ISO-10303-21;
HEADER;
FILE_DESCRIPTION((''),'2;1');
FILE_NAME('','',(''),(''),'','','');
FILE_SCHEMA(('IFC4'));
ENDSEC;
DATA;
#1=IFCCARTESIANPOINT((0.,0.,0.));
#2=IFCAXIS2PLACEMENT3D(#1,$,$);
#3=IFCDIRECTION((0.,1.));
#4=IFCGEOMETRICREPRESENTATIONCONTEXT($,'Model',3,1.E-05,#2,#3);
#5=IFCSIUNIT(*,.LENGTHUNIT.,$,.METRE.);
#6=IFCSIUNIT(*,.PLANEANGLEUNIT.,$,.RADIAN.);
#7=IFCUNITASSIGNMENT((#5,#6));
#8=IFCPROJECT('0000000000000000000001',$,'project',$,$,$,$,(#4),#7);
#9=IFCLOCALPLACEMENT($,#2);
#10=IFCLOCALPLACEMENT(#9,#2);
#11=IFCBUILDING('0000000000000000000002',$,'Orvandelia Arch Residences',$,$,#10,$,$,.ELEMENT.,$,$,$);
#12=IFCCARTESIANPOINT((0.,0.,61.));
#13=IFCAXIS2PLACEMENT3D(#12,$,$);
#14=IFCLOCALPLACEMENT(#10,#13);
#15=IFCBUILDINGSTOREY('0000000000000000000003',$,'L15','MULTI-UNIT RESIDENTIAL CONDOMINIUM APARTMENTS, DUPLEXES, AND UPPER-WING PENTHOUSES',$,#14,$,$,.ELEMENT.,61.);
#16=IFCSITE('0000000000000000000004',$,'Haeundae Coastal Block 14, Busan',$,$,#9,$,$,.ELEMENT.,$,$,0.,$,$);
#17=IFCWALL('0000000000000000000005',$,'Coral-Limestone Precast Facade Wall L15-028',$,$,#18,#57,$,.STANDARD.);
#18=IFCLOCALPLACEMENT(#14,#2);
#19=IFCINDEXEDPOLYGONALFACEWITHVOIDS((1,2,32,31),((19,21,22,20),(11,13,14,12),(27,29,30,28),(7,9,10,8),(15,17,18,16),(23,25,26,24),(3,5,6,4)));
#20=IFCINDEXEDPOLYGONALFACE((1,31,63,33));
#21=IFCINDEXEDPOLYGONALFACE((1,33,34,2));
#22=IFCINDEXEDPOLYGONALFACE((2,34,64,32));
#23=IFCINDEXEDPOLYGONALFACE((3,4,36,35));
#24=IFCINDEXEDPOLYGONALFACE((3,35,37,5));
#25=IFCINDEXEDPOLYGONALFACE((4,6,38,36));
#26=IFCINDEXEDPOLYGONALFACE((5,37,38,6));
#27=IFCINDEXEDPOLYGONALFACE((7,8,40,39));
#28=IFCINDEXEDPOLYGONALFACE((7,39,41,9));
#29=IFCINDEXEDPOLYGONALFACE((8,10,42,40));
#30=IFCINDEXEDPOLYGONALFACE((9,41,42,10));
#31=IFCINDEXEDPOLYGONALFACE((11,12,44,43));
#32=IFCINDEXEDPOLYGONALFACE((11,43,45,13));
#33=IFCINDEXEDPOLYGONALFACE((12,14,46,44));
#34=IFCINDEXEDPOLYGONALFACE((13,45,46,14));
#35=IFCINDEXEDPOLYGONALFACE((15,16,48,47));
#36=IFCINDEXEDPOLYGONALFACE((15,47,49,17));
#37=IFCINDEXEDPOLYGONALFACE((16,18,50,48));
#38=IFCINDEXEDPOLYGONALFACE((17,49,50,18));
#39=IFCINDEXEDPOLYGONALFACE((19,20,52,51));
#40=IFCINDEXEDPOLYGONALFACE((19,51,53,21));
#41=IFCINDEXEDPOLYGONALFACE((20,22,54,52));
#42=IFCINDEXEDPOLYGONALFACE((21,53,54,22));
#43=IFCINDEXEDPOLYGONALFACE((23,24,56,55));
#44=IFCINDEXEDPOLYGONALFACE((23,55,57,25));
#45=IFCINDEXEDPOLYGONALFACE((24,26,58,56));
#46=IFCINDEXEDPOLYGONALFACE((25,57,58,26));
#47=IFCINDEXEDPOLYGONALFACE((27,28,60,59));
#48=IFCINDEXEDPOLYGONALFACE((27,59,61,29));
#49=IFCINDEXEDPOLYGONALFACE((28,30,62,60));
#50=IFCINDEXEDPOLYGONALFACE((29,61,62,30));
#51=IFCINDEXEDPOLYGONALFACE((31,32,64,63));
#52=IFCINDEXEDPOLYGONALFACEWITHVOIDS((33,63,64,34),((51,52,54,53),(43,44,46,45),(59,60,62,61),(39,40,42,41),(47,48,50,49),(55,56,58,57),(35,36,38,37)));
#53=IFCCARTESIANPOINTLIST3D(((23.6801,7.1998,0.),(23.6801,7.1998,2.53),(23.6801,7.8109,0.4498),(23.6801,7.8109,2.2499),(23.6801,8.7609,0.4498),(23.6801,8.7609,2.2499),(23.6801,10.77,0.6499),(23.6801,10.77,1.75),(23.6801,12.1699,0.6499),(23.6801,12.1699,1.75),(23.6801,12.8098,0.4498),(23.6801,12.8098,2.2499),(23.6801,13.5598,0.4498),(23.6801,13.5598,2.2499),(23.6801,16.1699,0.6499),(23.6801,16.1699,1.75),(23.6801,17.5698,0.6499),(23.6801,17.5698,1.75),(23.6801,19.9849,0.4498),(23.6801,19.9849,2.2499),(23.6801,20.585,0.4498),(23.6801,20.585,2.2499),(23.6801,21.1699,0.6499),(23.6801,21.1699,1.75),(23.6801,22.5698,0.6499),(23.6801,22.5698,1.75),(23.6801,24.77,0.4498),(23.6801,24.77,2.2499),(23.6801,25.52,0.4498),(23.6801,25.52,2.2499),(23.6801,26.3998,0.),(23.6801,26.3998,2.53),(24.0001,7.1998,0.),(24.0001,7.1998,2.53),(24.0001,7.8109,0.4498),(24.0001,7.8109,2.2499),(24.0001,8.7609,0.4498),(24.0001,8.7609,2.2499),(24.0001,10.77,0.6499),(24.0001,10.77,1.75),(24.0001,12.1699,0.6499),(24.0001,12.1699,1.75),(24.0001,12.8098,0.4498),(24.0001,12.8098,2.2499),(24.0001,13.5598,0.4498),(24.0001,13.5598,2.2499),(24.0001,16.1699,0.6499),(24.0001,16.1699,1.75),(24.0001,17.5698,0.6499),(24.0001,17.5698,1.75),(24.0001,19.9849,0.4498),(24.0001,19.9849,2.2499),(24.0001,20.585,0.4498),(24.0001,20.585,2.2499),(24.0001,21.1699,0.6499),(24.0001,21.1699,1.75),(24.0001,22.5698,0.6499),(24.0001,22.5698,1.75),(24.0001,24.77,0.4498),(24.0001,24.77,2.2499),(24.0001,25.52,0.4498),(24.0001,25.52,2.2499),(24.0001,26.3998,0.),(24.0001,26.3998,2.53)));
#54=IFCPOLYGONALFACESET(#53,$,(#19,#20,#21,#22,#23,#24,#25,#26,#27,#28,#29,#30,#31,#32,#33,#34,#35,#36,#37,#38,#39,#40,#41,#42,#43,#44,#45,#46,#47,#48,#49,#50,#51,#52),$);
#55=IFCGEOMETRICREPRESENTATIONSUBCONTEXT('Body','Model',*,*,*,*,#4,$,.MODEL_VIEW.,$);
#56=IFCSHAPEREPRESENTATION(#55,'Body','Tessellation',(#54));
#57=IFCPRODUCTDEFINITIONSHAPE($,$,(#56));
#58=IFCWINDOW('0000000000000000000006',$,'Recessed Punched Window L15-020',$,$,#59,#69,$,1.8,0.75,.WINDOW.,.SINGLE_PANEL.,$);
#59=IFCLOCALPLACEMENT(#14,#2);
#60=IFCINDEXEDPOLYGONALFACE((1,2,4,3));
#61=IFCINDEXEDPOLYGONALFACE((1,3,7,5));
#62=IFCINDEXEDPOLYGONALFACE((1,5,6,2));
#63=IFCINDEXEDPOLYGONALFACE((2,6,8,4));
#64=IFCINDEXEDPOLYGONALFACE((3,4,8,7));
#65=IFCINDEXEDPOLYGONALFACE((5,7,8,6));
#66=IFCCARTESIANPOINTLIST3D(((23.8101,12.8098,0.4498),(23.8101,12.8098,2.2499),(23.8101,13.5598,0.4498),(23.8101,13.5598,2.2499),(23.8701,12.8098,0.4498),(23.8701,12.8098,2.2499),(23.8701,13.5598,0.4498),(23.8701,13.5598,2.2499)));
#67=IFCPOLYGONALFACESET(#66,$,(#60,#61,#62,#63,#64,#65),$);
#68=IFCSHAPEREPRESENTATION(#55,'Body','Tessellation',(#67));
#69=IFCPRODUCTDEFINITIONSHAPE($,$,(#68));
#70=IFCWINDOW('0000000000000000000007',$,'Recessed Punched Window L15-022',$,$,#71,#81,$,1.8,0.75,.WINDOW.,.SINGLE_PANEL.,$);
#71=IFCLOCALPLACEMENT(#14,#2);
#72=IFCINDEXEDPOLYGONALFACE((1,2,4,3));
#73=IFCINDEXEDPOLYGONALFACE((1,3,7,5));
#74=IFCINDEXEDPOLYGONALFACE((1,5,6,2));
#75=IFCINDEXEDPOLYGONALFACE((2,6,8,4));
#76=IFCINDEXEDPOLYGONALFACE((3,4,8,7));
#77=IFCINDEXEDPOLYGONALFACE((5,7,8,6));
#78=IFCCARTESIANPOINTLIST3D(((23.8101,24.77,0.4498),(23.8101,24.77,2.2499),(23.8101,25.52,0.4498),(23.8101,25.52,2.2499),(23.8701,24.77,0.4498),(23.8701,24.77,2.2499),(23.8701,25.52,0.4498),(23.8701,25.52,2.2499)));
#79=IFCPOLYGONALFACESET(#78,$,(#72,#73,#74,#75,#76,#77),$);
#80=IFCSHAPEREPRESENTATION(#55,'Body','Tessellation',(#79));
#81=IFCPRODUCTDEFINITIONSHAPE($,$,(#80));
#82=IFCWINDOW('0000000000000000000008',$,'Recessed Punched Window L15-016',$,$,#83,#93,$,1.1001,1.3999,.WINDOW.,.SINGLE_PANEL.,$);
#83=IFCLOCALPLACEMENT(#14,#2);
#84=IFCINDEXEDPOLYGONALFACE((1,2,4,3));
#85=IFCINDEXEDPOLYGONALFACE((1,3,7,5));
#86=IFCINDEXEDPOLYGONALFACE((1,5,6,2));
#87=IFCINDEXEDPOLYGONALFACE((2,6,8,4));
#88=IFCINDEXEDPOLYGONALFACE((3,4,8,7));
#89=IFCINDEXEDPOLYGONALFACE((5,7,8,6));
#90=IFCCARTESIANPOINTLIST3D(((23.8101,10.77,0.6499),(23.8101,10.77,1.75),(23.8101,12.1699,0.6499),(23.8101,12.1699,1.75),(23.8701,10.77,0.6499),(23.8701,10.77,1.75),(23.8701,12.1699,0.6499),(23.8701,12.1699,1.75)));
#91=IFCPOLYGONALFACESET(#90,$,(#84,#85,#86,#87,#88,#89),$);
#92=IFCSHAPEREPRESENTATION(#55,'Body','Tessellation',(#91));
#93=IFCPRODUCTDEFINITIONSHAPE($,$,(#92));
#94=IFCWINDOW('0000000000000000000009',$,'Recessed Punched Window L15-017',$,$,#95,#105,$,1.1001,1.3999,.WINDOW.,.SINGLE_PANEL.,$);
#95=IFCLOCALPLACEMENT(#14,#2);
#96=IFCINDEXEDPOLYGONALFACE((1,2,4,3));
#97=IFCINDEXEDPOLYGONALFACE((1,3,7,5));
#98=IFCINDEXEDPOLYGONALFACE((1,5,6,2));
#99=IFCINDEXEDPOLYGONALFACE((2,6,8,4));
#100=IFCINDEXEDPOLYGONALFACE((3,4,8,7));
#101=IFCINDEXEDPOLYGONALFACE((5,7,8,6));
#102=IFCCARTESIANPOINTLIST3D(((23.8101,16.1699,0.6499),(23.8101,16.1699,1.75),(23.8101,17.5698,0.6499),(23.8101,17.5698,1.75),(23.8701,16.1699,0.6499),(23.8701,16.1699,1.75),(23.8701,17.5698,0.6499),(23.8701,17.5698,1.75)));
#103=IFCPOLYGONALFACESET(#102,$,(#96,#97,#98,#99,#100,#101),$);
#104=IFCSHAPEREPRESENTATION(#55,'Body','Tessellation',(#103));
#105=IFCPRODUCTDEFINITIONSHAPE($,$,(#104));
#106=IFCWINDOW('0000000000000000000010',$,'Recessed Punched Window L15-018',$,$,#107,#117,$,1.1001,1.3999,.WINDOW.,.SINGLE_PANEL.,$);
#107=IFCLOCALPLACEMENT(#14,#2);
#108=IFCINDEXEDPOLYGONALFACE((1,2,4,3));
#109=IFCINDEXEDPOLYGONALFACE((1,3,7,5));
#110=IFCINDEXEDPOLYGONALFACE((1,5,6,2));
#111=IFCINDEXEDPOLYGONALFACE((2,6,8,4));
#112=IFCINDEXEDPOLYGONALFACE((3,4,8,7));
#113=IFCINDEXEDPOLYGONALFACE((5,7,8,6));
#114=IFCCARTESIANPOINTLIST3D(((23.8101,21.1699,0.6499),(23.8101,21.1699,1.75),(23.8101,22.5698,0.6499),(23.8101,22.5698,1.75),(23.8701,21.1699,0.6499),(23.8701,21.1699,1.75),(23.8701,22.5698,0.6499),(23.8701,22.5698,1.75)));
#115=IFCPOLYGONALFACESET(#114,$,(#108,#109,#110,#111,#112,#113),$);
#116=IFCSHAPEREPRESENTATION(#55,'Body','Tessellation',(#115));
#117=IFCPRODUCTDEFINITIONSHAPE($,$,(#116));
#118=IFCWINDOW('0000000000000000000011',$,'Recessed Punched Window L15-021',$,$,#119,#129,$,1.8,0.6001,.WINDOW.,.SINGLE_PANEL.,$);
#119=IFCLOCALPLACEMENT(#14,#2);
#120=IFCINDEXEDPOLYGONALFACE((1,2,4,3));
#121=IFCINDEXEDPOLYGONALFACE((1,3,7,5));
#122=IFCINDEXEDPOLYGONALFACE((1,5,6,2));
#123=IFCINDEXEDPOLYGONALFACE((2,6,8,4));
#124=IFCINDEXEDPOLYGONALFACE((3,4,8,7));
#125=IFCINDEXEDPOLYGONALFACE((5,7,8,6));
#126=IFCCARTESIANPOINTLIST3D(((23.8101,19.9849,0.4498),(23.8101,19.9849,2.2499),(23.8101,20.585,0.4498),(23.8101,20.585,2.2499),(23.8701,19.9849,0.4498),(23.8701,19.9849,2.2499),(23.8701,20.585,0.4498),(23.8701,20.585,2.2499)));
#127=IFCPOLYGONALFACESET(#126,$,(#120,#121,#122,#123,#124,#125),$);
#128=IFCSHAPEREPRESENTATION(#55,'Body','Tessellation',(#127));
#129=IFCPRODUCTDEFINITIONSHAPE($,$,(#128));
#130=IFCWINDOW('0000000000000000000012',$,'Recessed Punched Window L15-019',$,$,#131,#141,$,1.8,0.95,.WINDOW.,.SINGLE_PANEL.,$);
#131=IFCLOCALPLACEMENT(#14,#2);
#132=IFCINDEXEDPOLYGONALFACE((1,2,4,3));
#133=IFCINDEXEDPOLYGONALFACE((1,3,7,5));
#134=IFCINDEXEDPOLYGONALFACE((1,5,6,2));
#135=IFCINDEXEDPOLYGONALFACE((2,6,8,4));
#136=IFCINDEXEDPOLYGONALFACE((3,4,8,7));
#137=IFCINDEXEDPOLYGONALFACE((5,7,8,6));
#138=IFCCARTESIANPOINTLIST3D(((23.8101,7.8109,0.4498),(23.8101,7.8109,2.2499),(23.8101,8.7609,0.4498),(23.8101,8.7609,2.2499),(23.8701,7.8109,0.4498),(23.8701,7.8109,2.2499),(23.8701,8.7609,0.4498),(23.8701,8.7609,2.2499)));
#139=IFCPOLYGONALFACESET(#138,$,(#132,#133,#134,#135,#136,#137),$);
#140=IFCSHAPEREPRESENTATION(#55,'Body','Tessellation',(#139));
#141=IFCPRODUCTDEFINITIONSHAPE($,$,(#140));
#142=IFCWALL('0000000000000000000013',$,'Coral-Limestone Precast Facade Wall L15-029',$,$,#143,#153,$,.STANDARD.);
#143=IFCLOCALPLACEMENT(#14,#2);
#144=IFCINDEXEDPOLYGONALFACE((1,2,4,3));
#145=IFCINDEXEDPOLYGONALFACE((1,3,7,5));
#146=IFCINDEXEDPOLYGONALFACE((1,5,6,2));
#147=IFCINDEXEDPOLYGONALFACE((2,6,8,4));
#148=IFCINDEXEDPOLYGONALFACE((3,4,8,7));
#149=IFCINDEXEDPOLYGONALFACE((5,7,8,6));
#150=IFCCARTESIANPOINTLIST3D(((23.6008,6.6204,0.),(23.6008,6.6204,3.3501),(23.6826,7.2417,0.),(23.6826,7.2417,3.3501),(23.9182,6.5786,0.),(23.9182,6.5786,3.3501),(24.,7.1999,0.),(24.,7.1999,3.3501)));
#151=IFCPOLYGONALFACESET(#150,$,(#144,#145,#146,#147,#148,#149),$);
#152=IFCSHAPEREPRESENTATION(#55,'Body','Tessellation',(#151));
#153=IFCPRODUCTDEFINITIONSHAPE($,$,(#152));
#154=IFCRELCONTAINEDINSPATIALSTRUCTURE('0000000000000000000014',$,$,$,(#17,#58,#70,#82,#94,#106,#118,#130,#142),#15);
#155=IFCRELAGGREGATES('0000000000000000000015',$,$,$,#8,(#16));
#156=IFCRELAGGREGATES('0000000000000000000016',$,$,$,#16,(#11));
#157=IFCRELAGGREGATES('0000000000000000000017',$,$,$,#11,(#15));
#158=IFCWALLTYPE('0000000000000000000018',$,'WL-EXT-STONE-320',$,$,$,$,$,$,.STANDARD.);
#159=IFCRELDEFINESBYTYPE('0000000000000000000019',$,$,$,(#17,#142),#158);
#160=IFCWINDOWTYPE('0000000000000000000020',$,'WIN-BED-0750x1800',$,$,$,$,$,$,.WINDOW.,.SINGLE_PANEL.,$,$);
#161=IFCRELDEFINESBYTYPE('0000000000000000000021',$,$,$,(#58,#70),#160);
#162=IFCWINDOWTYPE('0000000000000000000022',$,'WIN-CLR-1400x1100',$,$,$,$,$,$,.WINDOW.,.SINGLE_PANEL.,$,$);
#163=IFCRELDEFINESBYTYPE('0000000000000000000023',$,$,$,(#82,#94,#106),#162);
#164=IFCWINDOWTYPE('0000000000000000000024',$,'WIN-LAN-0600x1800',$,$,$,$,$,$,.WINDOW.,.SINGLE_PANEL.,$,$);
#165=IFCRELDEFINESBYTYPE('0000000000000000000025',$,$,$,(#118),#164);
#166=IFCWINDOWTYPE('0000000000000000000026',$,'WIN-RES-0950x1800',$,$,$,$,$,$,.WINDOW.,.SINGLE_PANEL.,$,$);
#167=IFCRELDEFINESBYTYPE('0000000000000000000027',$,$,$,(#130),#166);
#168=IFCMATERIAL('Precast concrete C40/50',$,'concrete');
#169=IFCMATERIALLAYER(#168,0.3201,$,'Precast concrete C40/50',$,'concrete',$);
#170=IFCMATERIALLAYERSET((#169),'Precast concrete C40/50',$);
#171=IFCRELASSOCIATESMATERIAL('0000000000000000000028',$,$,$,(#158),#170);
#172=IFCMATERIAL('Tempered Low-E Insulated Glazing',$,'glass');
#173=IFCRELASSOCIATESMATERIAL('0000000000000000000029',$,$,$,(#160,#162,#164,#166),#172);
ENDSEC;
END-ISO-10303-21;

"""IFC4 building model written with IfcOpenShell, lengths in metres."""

from ifc_helpers import new_model, si_unit, direction, frame, frame_2d, origin, place, context, subcontext, project, spatial, rectangle, extrude, material, layer, layer_set, type_object, element, fill, save


model = new_model("IFC4")

# Units and contexts
model_context = context("Model", 3, precision=1e-05, world=origin(), true_north=direction((0.0, 1.0)))
body_context = subcontext(model_context, "Body", "Model", "MODEL_VIEW")
ifc_project = project(units=[si_unit("LENGTHUNIT", "METRE"), si_unit("PLANEANGLEUNIT", "RADIAN")], contexts=[model_context])

# Site, building, storey
site_placement = place(None, origin())
site = spatial("IfcSite", under=ifc_project, at=site_placement, Name="Haeundae Coastal Block 14, Busan", CompositionType="ELEMENT", RefElevation=0.0)
building_placement = place(site_placement, origin())
building = spatial("IfcBuilding", under=site, at=building_placement, Name="Orvandelia Arch Residences", CompositionType="ELEMENT")
storey_placement = place(building_placement, frame((0.0, 0.0, 61.0)))
storey = spatial("IfcBuildingStorey", under=building, at=storey_placement, Name="L15", Description="MULTI-UNIT RESIDENTIAL CONDOMINIUM APARTMENTS, DUPLEXES, AND UPPER-WING PENTHOUSES", CompositionType="ELEMENT", Elevation=61.0)

# Wall, openings, windows
ifc_material_1 = material(Name="Precast concrete C40/50", Category="concrete")
ifc_layer_1 = layer(ifc_material_1, 0.3201, Name="Precast concrete C40/50", Category="concrete")
ifc_layer_set_1 = layer_set([ifc_layer_1], Name="Precast concrete C40/50")
wall_type_1 = type_object("IfcWallType", Name="WL-EXT-STONE-320", PredefinedType="STANDARD", material=ifc_layer_set_1)
wall_1_placement = place(storey_placement, frame((23.8401, 26.3999, 0.0), z_axis=(0.0, 0.0, 1.0), x_axis=(0.0, -1.0, 0.0)))
wall_1 = element("IfcWall", 1, at=wall_1_placement, inside=storey, type_object=wall_type_1, Name="Coral-Limestone Precast Facade Wall L15-028", PredefinedType="STANDARD", context=body_context, shape_type="SweptSolid", body=[
    extrude(rectangle(XDim=19.2, YDim=0.3201, at=frame_2d((9.6001, 0.0))), origin(), (0.0, 0.0, 1.0), 2.53),
])
opening_1_placement = place(wall_1_placement, frame((14.23, 0.0, 0.6499)))
opening_1 = element("IfcOpeningElement", 2, at=opening_1_placement, cuts=wall_1, PredefinedType="OPENING", context=body_context, shape_type="SweptSolid", body=[
    extrude(rectangle(XDim=1.3999, YDim=1.1001, at=frame_2d((0.7, 0.55))), frame((0.0, 0.1699, 0.0), z_axis=(0.0, -1.0, 0.0), x_axis=(1.0, 0.0, 0.0)), (0.0, 0.0, 1.0), 0.3401),
])
opening_2_placement = place(wall_1_placement, frame((8.8301, 0.0, 0.6499)))
opening_2 = element("IfcOpeningElement", 3, at=opening_2_placement, cuts=wall_1, PredefinedType="OPENING", context=body_context, shape_type="SweptSolid", body=[
    extrude(rectangle(XDim=1.3999, YDim=1.1001, at=frame_2d((0.7, 0.55))), frame((0.0, 0.1699, 0.0), z_axis=(0.0, -1.0, 0.0), x_axis=(1.0, 0.0, 0.0)), (0.0, 0.0, 1.0), 0.3401),
])
opening_3_placement = place(wall_1_placement, frame((3.8301, 0.0, 0.6499)))
opening_3 = element("IfcOpeningElement", 4, at=opening_3_placement, cuts=wall_1, PredefinedType="OPENING", context=body_context, shape_type="SweptSolid", body=[
    extrude(rectangle(XDim=1.3999, YDim=1.1001, at=frame_2d((0.7, 0.55))), frame((0.0, 0.1699, 0.0), z_axis=(0.0, -1.0, 0.0), x_axis=(1.0, 0.0, 0.0)), (0.0, 0.0, 1.0), 0.3401),
])
opening_4_placement = place(wall_1_placement, frame((17.6389, 0.0, 0.45)))
opening_4 = element("IfcOpeningElement", 5, at=opening_4_placement, cuts=wall_1, PredefinedType="OPENING", context=body_context, shape_type="SweptSolid", body=[
    extrude(rectangle(XDim=0.95, YDim=1.8, at=frame_2d((0.4751, 0.8999))), frame((0.0, 0.1699, 0.0), z_axis=(0.0, -1.0, 0.0), x_axis=(1.0, 0.0, 0.0)), (0.0, 0.0, 1.0), 0.3401),
])
opening_5_placement = place(wall_1_placement, frame((12.8401, 0.0, 0.45)))
opening_5 = element("IfcOpeningElement", 6, at=opening_5_placement, cuts=wall_1, PredefinedType="OPENING", context=body_context, shape_type="SweptSolid", body=[
    extrude(rectangle(XDim=0.75, YDim=1.8, at=frame_2d((0.375, 0.8999))), frame((0.0, 0.1699, 0.0), z_axis=(0.0, -1.0, 0.0), x_axis=(1.0, 0.0, 0.0)), (0.0, 0.0, 1.0), 0.3401),
])
opening_6_placement = place(wall_1_placement, frame((5.8149, 0.0, 0.45)))
opening_6 = element("IfcOpeningElement", 7, at=opening_6_placement, cuts=wall_1, PredefinedType="OPENING", context=body_context, shape_type="SweptSolid", body=[
    extrude(rectangle(XDim=0.6001, YDim=1.8, at=frame_2d((0.3, 0.8999))), frame((0.0, 0.1699, 0.0), z_axis=(0.0, -1.0, 0.0), x_axis=(1.0, 0.0, 0.0)), (0.0, 0.0, 1.0), 0.3401),
])
opening_7_placement = place(wall_1_placement, frame((0.8799, 0.0, 0.45)))
opening_7 = element("IfcOpeningElement", 8, at=opening_7_placement, cuts=wall_1, PredefinedType="OPENING", context=body_context, shape_type="SweptSolid", body=[
    extrude(rectangle(XDim=0.75, YDim=1.8, at=frame_2d((0.375, 0.8999))), frame((0.0, 0.1699, 0.0), z_axis=(0.0, -1.0, 0.0), x_axis=(1.0, 0.0, 0.0)), (0.0, 0.0, 1.0), 0.3401),
])
ifc_material_2 = material(Name="Tempered Low-E Insulated Glazing", Category="glass")
window_type_1 = type_object("IfcWindowType", Name="WIN-BED-0750x1800", PartitioningType="SINGLE_PANEL", PredefinedType="WINDOW", material=ifc_material_2)
window_1_placement = place(opening_5_placement, origin())
window_1 = element("IfcWindow", 9, at=window_1_placement, inside=storey, type_object=window_type_1, Name="Recessed Punched Window L15-020", OverallHeight=1.8, OverallWidth=0.75, PartitioningType="SINGLE_PANEL", PredefinedType="WINDOW", context=body_context, shape_type="SweptSolid", body=[
    extrude(rectangle(XDim=0.75, YDim=1.8, at=frame_2d((0.375, 0.8999))), frame((0.0, 0.03, 0.0), z_axis=(0.0, -1.0, 0.0), x_axis=(1.0, 0.0, 0.0)), (0.0, 0.0, 1.0), 0.0601),
])
fill(opening_5, window_1)
window_2_placement = place(opening_7_placement, origin())
window_2 = element("IfcWindow", 10, at=window_2_placement, inside=storey, type_object=window_type_1, Name="Recessed Punched Window L15-022", OverallHeight=1.8, OverallWidth=0.75, PartitioningType="SINGLE_PANEL", PredefinedType="WINDOW", context=body_context, shape_type="SweptSolid", body=[
    extrude(rectangle(XDim=0.75, YDim=1.8, at=frame_2d((0.375, 0.8999))), frame((0.0, 0.03, 0.0), z_axis=(0.0, -1.0, 0.0), x_axis=(1.0, 0.0, 0.0)), (0.0, 0.0, 1.0), 0.0601),
])
fill(opening_7, window_2)
window_type_2 = type_object("IfcWindowType", Name="WIN-CLR-1400x1100", PartitioningType="SINGLE_PANEL", PredefinedType="WINDOW", material=ifc_material_2)
window_3_placement = place(opening_1_placement, origin())
window_3 = element("IfcWindow", 11, at=window_3_placement, inside=storey, type_object=window_type_2, Name="Recessed Punched Window L15-016", OverallHeight=1.1001, OverallWidth=1.3999, PartitioningType="SINGLE_PANEL", PredefinedType="WINDOW", context=body_context, shape_type="SweptSolid", body=[
    extrude(rectangle(XDim=1.3999, YDim=1.1001, at=frame_2d((0.7, 0.55))), frame((0.0, 0.03, 0.0), z_axis=(0.0, -1.0, 0.0), x_axis=(1.0, 0.0, 0.0)), (0.0, 0.0, 1.0), 0.0601),
])
fill(opening_1, window_3)
window_4_placement = place(opening_2_placement, origin())
window_4 = element("IfcWindow", 12, at=window_4_placement, inside=storey, type_object=window_type_2, Name="Recessed Punched Window L15-017", OverallHeight=1.1001, OverallWidth=1.3999, PartitioningType="SINGLE_PANEL", PredefinedType="WINDOW", context=body_context, shape_type="SweptSolid", body=[
    extrude(rectangle(XDim=1.3999, YDim=1.1001, at=frame_2d((0.7, 0.55))), frame((0.0, 0.03, 0.0), z_axis=(0.0, -1.0, 0.0), x_axis=(1.0, 0.0, 0.0)), (0.0, 0.0, 1.0), 0.0601),
])
fill(opening_2, window_4)
window_5_placement = place(opening_3_placement, origin())
window_5 = element("IfcWindow", 13, at=window_5_placement, inside=storey, type_object=window_type_2, Name="Recessed Punched Window L15-018", OverallHeight=1.1001, OverallWidth=1.3999, PartitioningType="SINGLE_PANEL", PredefinedType="WINDOW", context=body_context, shape_type="SweptSolid", body=[
    extrude(rectangle(XDim=1.3999, YDim=1.1001, at=frame_2d((0.7, 0.55))), frame((0.0, 0.03, 0.0), z_axis=(0.0, -1.0, 0.0), x_axis=(1.0, 0.0, 0.0)), (0.0, 0.0, 1.0), 0.0601),
])
fill(opening_3, window_5)
window_type_3 = type_object("IfcWindowType", Name="WIN-LAN-0600x1800", PartitioningType="SINGLE_PANEL", PredefinedType="WINDOW", material=ifc_material_2)
window_6_placement = place(opening_6_placement, origin())
window_6 = element("IfcWindow", 14, at=window_6_placement, inside=storey, type_object=window_type_3, Name="Recessed Punched Window L15-021", OverallHeight=1.8, OverallWidth=0.6001, PartitioningType="SINGLE_PANEL", PredefinedType="WINDOW", context=body_context, shape_type="SweptSolid", body=[
    extrude(rectangle(XDim=0.6001, YDim=1.8, at=frame_2d((0.3, 0.8999))), frame((0.0, 0.03, 0.0), z_axis=(0.0, -1.0, 0.0), x_axis=(1.0, 0.0, 0.0)), (0.0, 0.0, 1.0), 0.0601),
])
fill(opening_6, window_6)
window_type_4 = type_object("IfcWindowType", Name="WIN-RES-0950x1800", PartitioningType="SINGLE_PANEL", PredefinedType="WINDOW", material=ifc_material_2)
window_7_placement = place(opening_4_placement, origin())
window_7 = element("IfcWindow", 15, at=window_7_placement, inside=storey, type_object=window_type_4, Name="Recessed Punched Window L15-019", OverallHeight=1.8, OverallWidth=0.95, PartitioningType="SINGLE_PANEL", PredefinedType="WINDOW", context=body_context, shape_type="SweptSolid", body=[
    extrude(rectangle(XDim=0.95, YDim=1.8, at=frame_2d((0.4751, 0.8999))), frame((0.0, 0.03, 0.0), z_axis=(0.0, -1.0, 0.0), x_axis=(1.0, 0.0, 0.0)), (0.0, 0.0, 1.0), 0.0601),
])
fill(opening_4, window_7)

# Wall
wall_2_placement = place(storey_placement, frame((23.8413, 7.2209, 0.0), z_axis=(0.0, 0.0, 1.0), x_axis=(-0.130505, -0.991448, 0.0)))
element("IfcWall", 16, at=wall_2_placement, inside=storey, type_object=wall_type_1, Name="Coral-Limestone Precast Facade Wall L15-029", PredefinedType="STANDARD", context=body_context, shape_type="SweptSolid", body=[
    extrude(rectangle(XDim=0.6267, YDim=0.3201, at=frame_2d((0.3135, 0.0))), origin(), (0.0, 0.0, 1.0), 3.3501),
])

save(model, "model.ifc")
